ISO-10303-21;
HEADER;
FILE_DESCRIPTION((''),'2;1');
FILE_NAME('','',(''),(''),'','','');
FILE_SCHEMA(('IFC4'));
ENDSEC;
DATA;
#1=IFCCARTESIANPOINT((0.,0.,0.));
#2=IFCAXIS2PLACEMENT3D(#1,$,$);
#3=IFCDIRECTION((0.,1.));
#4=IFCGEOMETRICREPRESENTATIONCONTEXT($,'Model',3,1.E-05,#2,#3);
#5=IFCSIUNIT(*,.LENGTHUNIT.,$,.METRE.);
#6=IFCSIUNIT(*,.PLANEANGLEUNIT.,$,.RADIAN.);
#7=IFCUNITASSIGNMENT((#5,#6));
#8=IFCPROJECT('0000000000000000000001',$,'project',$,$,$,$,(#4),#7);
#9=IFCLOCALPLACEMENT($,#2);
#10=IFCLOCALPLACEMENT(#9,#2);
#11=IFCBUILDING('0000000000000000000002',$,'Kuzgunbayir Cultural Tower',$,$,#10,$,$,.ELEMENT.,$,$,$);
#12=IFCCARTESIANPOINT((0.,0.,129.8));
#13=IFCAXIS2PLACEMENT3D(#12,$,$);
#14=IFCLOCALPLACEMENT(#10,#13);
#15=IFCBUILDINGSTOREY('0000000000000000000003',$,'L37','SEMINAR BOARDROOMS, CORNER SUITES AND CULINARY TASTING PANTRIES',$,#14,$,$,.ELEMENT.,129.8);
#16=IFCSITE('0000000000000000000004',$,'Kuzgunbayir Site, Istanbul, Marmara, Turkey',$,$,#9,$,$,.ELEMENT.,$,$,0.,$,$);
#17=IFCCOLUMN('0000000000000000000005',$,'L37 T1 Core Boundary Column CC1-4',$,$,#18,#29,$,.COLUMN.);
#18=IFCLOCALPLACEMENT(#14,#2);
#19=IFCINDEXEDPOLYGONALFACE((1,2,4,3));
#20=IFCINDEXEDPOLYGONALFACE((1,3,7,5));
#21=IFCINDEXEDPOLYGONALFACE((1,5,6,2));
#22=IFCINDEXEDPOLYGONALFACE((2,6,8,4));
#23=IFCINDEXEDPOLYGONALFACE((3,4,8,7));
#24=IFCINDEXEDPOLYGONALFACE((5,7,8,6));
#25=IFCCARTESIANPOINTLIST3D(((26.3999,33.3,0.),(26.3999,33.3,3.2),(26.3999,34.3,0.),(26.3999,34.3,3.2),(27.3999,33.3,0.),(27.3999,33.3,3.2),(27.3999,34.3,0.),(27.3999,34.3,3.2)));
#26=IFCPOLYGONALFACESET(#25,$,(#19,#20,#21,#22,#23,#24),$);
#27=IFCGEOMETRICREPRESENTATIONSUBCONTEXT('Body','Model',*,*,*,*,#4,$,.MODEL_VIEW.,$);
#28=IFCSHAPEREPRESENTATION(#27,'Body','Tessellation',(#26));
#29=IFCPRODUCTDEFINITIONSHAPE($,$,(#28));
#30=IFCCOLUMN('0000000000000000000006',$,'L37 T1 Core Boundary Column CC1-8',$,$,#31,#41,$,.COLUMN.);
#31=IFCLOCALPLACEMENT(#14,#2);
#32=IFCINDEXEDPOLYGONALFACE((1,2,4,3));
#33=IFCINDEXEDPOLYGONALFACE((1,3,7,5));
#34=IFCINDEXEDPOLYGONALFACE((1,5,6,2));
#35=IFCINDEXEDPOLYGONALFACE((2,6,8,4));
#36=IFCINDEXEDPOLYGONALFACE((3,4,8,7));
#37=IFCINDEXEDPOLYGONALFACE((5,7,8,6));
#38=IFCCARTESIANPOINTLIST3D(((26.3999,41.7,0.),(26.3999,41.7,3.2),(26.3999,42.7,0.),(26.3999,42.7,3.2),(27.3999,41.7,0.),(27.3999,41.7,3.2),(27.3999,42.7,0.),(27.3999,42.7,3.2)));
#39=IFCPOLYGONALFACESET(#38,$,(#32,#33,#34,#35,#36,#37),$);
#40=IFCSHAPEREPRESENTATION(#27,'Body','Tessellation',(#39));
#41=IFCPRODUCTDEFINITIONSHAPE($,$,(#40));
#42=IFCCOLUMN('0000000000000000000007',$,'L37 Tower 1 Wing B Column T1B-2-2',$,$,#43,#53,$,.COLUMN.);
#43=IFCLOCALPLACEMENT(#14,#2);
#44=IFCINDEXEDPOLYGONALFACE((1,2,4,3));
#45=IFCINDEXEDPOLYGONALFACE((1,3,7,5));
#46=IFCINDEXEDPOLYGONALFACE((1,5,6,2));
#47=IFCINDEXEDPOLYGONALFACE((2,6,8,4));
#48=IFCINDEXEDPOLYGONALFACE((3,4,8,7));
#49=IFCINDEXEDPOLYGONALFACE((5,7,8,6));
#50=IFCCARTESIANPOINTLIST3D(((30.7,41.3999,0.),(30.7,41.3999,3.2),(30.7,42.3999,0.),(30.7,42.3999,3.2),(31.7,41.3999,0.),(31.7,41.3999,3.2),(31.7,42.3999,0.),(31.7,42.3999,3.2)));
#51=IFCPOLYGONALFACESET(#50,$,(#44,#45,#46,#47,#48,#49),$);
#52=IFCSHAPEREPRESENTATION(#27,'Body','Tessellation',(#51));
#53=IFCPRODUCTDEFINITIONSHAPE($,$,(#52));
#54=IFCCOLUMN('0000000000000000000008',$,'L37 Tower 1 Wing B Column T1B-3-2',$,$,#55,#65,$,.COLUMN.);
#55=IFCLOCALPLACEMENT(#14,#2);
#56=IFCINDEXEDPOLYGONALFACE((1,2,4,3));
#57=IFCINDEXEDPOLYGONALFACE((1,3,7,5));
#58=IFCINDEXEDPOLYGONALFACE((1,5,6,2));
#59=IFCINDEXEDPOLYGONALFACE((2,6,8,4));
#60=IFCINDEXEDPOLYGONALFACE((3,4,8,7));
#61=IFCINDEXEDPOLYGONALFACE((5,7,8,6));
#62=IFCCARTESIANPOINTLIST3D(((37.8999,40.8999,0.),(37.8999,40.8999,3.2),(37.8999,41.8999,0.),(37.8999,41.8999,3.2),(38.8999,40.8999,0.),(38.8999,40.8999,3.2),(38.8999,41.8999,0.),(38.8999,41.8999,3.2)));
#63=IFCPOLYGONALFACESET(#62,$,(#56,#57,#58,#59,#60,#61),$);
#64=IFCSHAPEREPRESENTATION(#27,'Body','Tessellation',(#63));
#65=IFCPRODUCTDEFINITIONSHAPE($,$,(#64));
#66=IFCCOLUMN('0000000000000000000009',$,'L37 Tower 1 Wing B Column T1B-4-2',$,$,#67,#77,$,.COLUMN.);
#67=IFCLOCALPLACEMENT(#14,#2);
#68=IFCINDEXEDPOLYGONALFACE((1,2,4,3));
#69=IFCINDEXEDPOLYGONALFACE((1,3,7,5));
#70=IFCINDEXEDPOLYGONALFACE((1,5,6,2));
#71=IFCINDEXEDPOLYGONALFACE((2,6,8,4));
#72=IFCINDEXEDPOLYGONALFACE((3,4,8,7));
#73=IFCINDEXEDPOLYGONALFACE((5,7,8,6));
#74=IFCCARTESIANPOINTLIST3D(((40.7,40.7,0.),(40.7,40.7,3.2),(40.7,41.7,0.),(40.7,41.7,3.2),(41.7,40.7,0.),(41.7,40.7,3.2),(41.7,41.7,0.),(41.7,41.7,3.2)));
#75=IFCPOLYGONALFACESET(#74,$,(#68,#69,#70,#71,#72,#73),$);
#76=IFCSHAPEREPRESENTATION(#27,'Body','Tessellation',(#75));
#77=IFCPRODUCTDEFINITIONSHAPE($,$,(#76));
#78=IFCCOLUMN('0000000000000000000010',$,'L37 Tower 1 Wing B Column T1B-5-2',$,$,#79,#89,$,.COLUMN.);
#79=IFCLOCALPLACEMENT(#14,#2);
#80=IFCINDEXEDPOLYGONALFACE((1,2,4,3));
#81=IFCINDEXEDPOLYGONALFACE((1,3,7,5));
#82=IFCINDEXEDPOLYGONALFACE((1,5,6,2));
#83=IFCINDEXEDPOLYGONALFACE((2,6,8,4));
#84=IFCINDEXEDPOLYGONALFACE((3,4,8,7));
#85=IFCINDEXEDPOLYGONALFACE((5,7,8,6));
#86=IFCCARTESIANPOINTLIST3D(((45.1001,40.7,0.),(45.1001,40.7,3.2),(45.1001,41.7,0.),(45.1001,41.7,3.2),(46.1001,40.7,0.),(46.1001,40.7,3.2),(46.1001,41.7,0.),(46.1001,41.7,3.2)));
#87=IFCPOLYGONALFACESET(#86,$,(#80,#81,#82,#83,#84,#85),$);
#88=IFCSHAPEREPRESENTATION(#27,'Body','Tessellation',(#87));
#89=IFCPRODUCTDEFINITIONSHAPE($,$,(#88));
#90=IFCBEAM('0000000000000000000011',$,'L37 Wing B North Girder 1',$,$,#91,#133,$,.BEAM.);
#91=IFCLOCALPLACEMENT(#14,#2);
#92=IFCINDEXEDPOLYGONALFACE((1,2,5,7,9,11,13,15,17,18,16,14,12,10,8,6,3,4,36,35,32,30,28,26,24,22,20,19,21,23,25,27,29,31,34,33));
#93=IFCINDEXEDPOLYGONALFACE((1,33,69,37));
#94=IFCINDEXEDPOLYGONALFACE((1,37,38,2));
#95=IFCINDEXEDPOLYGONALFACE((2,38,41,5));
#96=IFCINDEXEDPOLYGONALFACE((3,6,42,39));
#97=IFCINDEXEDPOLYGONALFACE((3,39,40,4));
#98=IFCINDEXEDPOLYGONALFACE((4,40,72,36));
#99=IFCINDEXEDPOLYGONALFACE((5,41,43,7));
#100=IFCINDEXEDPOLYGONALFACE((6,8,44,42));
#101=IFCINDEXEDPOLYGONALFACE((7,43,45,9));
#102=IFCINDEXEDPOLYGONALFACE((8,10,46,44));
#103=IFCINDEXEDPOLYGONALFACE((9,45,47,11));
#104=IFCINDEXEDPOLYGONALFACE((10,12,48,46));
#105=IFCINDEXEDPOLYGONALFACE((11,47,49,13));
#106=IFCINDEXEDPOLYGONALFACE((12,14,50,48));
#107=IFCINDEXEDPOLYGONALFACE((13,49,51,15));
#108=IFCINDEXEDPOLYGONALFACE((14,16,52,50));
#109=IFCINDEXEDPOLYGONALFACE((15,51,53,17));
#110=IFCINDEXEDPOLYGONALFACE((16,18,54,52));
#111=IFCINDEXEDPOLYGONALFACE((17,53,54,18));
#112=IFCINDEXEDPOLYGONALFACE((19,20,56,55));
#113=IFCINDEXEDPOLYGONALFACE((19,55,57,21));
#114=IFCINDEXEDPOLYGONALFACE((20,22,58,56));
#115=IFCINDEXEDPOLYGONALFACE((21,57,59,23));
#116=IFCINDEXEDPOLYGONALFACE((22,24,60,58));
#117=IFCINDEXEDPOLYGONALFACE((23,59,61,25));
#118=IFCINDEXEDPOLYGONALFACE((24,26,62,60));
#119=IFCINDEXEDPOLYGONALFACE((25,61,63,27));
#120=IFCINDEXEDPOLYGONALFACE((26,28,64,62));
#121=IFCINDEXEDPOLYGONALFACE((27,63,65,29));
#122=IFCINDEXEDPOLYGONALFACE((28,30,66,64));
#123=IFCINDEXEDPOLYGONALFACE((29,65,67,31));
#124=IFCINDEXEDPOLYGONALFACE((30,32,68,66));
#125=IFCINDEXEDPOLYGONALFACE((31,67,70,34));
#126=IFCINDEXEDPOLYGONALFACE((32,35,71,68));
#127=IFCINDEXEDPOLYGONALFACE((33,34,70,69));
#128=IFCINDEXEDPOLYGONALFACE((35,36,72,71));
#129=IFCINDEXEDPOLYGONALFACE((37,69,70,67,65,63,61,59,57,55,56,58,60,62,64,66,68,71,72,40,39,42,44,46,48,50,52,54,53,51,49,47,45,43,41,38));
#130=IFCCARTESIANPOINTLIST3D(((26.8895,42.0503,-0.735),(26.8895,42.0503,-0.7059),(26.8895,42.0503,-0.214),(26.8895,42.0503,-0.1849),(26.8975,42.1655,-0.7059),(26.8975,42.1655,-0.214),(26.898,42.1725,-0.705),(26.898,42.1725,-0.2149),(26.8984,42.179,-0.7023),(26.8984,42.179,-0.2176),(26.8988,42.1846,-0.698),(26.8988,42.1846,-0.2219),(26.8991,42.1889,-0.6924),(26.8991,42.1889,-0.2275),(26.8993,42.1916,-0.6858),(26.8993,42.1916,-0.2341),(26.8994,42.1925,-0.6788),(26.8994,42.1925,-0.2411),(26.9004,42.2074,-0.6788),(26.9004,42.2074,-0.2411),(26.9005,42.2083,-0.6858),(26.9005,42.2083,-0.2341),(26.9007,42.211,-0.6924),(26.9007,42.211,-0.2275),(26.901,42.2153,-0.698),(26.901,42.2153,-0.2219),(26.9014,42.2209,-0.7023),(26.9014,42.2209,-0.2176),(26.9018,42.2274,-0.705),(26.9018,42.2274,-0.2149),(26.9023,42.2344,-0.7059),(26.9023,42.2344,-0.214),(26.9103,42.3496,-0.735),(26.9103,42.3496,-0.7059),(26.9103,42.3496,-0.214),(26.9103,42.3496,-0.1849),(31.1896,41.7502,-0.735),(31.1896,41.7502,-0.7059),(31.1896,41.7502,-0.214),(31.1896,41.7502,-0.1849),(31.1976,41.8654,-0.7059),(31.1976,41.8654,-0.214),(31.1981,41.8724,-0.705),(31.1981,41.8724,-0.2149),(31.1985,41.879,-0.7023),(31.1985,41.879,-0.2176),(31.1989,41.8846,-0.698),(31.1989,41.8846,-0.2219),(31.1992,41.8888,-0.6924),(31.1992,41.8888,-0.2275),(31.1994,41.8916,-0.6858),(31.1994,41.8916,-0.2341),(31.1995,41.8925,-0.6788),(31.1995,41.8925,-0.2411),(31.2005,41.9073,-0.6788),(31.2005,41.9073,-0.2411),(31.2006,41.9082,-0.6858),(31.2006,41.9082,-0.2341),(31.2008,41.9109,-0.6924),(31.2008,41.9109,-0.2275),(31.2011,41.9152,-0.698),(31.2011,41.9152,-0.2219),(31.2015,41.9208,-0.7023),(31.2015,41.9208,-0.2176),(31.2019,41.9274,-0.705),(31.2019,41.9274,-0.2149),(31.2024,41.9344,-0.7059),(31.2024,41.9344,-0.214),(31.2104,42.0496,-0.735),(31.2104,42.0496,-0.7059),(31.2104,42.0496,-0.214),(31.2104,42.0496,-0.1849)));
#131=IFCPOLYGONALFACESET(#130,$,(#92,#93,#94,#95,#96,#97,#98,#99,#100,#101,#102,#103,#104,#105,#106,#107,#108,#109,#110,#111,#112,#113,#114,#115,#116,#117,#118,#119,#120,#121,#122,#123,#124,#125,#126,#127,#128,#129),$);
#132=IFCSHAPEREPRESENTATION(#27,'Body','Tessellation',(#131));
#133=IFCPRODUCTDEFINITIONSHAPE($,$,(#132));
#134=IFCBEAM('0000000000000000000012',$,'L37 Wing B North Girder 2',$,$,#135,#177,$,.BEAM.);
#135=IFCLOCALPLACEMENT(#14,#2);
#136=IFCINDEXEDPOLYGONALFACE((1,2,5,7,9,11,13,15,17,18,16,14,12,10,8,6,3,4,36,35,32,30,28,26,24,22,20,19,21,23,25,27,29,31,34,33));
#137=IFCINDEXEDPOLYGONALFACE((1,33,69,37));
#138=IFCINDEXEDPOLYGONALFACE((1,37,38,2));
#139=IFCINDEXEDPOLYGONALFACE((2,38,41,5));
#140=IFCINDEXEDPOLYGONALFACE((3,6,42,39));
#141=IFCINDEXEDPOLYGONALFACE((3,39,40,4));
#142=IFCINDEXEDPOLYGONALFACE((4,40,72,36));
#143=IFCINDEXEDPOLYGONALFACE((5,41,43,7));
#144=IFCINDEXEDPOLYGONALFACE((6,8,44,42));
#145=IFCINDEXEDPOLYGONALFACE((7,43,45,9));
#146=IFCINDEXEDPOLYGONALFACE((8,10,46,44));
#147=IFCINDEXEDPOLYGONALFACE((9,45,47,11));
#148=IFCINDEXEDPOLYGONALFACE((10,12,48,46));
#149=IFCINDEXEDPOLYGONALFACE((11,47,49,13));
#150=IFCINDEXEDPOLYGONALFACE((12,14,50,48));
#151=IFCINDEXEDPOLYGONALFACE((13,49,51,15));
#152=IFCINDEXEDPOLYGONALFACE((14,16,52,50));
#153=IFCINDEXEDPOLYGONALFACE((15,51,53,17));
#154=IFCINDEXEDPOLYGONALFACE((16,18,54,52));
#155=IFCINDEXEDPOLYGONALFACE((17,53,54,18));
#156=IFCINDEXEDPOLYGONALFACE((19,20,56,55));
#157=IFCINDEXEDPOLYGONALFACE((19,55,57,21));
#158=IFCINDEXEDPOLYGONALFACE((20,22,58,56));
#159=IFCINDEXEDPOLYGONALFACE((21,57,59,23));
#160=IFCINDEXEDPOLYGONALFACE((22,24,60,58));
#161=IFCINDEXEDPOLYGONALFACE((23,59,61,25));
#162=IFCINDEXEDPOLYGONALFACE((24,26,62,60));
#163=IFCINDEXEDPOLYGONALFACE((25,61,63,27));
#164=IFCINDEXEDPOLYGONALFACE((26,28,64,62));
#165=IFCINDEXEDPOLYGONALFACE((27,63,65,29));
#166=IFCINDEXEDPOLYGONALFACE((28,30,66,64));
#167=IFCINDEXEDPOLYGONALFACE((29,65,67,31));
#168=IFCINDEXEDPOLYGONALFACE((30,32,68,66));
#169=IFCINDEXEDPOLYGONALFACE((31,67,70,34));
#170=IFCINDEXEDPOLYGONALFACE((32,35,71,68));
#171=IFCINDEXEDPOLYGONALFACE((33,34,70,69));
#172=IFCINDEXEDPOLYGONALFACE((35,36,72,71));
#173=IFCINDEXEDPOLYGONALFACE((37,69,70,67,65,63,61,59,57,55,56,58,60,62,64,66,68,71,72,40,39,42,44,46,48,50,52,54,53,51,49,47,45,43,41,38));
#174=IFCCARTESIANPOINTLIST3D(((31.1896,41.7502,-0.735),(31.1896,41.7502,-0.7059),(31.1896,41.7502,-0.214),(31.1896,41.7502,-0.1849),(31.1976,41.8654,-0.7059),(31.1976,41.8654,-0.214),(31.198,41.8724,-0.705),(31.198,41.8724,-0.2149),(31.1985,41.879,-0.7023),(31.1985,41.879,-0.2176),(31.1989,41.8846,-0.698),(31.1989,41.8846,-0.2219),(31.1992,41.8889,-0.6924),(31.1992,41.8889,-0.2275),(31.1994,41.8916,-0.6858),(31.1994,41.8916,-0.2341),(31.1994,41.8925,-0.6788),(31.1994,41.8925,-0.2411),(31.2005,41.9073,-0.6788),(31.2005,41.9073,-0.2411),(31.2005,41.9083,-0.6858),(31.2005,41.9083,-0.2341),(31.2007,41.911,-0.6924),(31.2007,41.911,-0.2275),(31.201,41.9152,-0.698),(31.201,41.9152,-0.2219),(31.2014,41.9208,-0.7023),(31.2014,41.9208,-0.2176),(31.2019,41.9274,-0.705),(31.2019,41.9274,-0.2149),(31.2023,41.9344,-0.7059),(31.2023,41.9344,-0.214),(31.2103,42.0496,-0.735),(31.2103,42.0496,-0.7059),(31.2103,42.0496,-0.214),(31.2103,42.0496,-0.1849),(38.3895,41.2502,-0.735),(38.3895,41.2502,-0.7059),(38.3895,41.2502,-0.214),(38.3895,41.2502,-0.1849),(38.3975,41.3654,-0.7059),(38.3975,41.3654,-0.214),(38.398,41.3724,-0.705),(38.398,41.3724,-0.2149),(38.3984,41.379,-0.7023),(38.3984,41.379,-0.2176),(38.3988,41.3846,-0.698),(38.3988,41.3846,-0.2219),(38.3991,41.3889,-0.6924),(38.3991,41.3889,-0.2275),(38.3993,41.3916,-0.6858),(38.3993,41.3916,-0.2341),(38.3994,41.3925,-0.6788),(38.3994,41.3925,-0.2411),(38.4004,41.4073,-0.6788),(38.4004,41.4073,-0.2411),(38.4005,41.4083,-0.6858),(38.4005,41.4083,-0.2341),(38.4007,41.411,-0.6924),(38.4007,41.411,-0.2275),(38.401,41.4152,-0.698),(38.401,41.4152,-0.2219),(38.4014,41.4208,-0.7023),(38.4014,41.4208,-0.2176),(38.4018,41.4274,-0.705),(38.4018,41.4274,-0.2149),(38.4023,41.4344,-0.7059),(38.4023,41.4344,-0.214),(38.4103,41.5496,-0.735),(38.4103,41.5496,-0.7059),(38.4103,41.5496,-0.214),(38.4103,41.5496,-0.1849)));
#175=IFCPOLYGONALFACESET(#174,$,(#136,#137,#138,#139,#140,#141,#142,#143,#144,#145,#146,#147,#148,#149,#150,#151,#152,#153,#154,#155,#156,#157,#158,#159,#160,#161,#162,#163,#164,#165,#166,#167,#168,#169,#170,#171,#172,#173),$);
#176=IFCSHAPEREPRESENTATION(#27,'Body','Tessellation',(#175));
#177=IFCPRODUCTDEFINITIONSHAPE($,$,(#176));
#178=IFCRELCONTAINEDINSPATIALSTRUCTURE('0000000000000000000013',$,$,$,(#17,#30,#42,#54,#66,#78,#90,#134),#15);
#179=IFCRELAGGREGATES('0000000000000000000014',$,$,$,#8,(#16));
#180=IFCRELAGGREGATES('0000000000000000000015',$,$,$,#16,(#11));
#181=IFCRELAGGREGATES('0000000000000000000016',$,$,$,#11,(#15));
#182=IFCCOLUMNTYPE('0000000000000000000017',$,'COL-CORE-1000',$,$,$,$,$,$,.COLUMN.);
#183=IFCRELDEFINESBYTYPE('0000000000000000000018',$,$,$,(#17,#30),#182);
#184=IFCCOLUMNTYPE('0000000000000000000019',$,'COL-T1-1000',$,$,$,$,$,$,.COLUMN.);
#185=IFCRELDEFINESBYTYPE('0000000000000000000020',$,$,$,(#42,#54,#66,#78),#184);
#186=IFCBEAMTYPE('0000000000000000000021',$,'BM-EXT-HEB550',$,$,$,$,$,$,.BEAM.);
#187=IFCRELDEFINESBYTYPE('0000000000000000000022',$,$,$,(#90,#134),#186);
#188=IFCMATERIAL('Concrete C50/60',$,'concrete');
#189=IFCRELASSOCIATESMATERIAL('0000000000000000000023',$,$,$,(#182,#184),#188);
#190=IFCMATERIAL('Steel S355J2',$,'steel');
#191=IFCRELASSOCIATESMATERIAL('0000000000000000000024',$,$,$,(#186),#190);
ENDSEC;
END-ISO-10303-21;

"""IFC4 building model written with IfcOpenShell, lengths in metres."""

from ifc_helpers import new_model, si_unit, direction, frame, origin, origin_2d, place, context, subcontext, project, spatial, rectangle, i_section, extrude, material, material_profile, profile_set, type_object, element, save


model = new_model("IFC4")

# Units and contexts
model_context = context("Model", 3, precision=1e-05, world=origin(), true_north=direction((0.0, 1.0)))
body_context = subcontext(model_context, "Body", "Model", "MODEL_VIEW")
ifc_project = project(units=[si_unit("LENGTHUNIT", "METRE"), si_unit("PLANEANGLEUNIT", "RADIAN")], contexts=[model_context])

# Site, building, storey
site_placement = place(None, origin())
site = spatial("IfcSite", under=ifc_project, at=site_placement, Name="Kuzgunbayir Site, Istanbul, Marmara, Turkey", CompositionType="ELEMENT", RefElevation=0.0)
building_placement = place(site_placement, origin())
building = spatial("IfcBuilding", under=site, at=building_placement, Name="Kuzgunbayir Cultural Tower", CompositionType="ELEMENT")
storey_placement = place(building_placement, frame((0.0, 0.0, 129.8)))
storey = spatial("IfcBuildingStorey", under=building, at=storey_placement, Name="L37", Description="SEMINAR BOARDROOMS, CORNER SUITES AND CULINARY TASTING PANTRIES", CompositionType="ELEMENT", Elevation=129.8)

# Columns
ifc_material_1 = material(Name="Concrete C50/60", Category="concrete")
ifc_material_profile_1 = material_profile(ifc_material_1, rectangle(XDim=1.0, YDim=1.0, at=origin_2d()), Name="RC 1000x1000")
ifc_profile_set_1 = profile_set([ifc_material_profile_1], Name="Concrete C50/60")
column_type_1 = type_object("IfcColumnType", Name="COL-CORE-1000", PredefinedType="COLUMN", material=ifc_profile_set_1)
for number, where, z_axis, x_axis, name in (
    (1, (26.8999, 33.8, 0.0), (0.0, 0.0, 1.0), (1.0, 0.0, 0.0), "L37 T1 Core Boundary Column CC1-4"),
    (2, (26.8999, 42.2, 0.0), (0.0, 0.0, 1.0), (1.0, 0.0, 0.0), "L37 T1 Core Boundary Column CC1-8"),
):
    element("IfcColumn", number, at=place(storey_placement, frame(where, z_axis=z_axis, x_axis=x_axis)), inside=storey, type_object=column_type_1, Name=name, PredefinedType="COLUMN", context=body_context, shape_type="SweptSolid", body=[
        extrude(rectangle(XDim=1.0, YDim=1.0, at=origin_2d()), origin(), (0.0, 0.0, 1.0), 3.2),
    ])
ifc_material_profile_2 = material_profile(ifc_material_1, rectangle(XDim=1.0, YDim=1.0, at=origin_2d()), Name="RC 1000x1000")
ifc_profile_set_2 = profile_set([ifc_material_profile_2], Name="Concrete C50/60")
column_type_2 = type_object("IfcColumnType", Name="COL-T1-1000", PredefinedType="COLUMN", material=ifc_profile_set_2)
for number, where, z_axis, x_axis, name in (
    (3, (31.2, 41.8999, 0.0), (0.0, 0.0, 1.0), (1.0, 0.0, 0.0), "L37 Tower 1 Wing B Column T1B-2-2"),
    (4, (38.3999, 41.3999, 0.0), (0.0, 0.0, 1.0), (1.0, 0.0, 0.0), "L37 Tower 1 Wing B Column T1B-3-2"),
    (5, (41.2, 41.2, 0.0), (0.0, 0.0, 1.0), (1.0, 0.0, 0.0), "L37 Tower 1 Wing B Column T1B-4-2"),
    (6, (45.6001, 41.2, 0.0), (0.0, 0.0, 1.0), (1.0, 0.0, 0.0), "L37 Tower 1 Wing B Column T1B-5-2"),
):
    element("IfcColumn", number, at=place(storey_placement, frame(where, z_axis=z_axis, x_axis=x_axis)), inside=storey, type_object=column_type_2, Name=name, PredefinedType="COLUMN", context=body_context, shape_type="SweptSolid", body=[
        extrude(rectangle(XDim=1.0, YDim=1.0, at=origin_2d()), origin(), (0.0, 0.0, 1.0), 3.2),
    ])

# Beams
ifc_material_2 = material(Name="Steel S355J2", Category="steel")
ifc_material_profile_3 = material_profile(ifc_material_2, i_section(OverallWidth=0.3, OverallDepth=0.55, WebThickness=0.0149, FlangeThickness=0.0291, FilletRadius=0.0271, at=origin_2d()), Name="HEB 550")
ifc_profile_set_3 = profile_set([ifc_material_profile_3], Name="Steel S355J2")
beam_type_1 = type_object("IfcBeamType", Name="BM-EXT-HEB550", PredefinedType="BEAM", material=ifc_profile_set_3)
beam_1_placement = place(storey_placement, frame((26.8999, 42.2, -0.46), z_axis=(0.997574, -0.069609, 0.0), x_axis=(0.069609, 0.997574, 0.0)))
element("IfcBeam", 7, at=beam_1_placement, inside=storey, type_object=beam_type_1, Name="L37 Wing B North Girder 1", PredefinedType="BEAM", context=body_context, shape_type="SweptSolid", body=[
    extrude(i_section(OverallWidth=0.3, OverallDepth=0.55, WebThickness=0.0149, FlangeThickness=0.0291, FilletRadius=0.0271, at=origin_2d()), origin(), (0.0, 0.0, 1.0), 4.3105),
])
beam_2_placement = place(storey_placement, frame((31.2, 41.8999, -0.46), z_axis=(0.997597, -0.069278, 0.0), x_axis=(0.069278, 0.997597, 0.0)))
element("IfcBeam", 8, at=beam_2_placement, inside=storey, type_object=beam_type_1, Name="L37 Wing B North Girder 2", PredefinedType="BEAM", context=body_context, shape_type="SweptSolid", body=[
    extrude(i_section(OverallWidth=0.3, OverallDepth=0.55, WebThickness=0.0149, FlangeThickness=0.0291, FilletRadius=0.0271, at=origin_2d()), origin(), (0.0, 0.0, 1.0), 7.2173),
])

save(model, "model.ifc")
